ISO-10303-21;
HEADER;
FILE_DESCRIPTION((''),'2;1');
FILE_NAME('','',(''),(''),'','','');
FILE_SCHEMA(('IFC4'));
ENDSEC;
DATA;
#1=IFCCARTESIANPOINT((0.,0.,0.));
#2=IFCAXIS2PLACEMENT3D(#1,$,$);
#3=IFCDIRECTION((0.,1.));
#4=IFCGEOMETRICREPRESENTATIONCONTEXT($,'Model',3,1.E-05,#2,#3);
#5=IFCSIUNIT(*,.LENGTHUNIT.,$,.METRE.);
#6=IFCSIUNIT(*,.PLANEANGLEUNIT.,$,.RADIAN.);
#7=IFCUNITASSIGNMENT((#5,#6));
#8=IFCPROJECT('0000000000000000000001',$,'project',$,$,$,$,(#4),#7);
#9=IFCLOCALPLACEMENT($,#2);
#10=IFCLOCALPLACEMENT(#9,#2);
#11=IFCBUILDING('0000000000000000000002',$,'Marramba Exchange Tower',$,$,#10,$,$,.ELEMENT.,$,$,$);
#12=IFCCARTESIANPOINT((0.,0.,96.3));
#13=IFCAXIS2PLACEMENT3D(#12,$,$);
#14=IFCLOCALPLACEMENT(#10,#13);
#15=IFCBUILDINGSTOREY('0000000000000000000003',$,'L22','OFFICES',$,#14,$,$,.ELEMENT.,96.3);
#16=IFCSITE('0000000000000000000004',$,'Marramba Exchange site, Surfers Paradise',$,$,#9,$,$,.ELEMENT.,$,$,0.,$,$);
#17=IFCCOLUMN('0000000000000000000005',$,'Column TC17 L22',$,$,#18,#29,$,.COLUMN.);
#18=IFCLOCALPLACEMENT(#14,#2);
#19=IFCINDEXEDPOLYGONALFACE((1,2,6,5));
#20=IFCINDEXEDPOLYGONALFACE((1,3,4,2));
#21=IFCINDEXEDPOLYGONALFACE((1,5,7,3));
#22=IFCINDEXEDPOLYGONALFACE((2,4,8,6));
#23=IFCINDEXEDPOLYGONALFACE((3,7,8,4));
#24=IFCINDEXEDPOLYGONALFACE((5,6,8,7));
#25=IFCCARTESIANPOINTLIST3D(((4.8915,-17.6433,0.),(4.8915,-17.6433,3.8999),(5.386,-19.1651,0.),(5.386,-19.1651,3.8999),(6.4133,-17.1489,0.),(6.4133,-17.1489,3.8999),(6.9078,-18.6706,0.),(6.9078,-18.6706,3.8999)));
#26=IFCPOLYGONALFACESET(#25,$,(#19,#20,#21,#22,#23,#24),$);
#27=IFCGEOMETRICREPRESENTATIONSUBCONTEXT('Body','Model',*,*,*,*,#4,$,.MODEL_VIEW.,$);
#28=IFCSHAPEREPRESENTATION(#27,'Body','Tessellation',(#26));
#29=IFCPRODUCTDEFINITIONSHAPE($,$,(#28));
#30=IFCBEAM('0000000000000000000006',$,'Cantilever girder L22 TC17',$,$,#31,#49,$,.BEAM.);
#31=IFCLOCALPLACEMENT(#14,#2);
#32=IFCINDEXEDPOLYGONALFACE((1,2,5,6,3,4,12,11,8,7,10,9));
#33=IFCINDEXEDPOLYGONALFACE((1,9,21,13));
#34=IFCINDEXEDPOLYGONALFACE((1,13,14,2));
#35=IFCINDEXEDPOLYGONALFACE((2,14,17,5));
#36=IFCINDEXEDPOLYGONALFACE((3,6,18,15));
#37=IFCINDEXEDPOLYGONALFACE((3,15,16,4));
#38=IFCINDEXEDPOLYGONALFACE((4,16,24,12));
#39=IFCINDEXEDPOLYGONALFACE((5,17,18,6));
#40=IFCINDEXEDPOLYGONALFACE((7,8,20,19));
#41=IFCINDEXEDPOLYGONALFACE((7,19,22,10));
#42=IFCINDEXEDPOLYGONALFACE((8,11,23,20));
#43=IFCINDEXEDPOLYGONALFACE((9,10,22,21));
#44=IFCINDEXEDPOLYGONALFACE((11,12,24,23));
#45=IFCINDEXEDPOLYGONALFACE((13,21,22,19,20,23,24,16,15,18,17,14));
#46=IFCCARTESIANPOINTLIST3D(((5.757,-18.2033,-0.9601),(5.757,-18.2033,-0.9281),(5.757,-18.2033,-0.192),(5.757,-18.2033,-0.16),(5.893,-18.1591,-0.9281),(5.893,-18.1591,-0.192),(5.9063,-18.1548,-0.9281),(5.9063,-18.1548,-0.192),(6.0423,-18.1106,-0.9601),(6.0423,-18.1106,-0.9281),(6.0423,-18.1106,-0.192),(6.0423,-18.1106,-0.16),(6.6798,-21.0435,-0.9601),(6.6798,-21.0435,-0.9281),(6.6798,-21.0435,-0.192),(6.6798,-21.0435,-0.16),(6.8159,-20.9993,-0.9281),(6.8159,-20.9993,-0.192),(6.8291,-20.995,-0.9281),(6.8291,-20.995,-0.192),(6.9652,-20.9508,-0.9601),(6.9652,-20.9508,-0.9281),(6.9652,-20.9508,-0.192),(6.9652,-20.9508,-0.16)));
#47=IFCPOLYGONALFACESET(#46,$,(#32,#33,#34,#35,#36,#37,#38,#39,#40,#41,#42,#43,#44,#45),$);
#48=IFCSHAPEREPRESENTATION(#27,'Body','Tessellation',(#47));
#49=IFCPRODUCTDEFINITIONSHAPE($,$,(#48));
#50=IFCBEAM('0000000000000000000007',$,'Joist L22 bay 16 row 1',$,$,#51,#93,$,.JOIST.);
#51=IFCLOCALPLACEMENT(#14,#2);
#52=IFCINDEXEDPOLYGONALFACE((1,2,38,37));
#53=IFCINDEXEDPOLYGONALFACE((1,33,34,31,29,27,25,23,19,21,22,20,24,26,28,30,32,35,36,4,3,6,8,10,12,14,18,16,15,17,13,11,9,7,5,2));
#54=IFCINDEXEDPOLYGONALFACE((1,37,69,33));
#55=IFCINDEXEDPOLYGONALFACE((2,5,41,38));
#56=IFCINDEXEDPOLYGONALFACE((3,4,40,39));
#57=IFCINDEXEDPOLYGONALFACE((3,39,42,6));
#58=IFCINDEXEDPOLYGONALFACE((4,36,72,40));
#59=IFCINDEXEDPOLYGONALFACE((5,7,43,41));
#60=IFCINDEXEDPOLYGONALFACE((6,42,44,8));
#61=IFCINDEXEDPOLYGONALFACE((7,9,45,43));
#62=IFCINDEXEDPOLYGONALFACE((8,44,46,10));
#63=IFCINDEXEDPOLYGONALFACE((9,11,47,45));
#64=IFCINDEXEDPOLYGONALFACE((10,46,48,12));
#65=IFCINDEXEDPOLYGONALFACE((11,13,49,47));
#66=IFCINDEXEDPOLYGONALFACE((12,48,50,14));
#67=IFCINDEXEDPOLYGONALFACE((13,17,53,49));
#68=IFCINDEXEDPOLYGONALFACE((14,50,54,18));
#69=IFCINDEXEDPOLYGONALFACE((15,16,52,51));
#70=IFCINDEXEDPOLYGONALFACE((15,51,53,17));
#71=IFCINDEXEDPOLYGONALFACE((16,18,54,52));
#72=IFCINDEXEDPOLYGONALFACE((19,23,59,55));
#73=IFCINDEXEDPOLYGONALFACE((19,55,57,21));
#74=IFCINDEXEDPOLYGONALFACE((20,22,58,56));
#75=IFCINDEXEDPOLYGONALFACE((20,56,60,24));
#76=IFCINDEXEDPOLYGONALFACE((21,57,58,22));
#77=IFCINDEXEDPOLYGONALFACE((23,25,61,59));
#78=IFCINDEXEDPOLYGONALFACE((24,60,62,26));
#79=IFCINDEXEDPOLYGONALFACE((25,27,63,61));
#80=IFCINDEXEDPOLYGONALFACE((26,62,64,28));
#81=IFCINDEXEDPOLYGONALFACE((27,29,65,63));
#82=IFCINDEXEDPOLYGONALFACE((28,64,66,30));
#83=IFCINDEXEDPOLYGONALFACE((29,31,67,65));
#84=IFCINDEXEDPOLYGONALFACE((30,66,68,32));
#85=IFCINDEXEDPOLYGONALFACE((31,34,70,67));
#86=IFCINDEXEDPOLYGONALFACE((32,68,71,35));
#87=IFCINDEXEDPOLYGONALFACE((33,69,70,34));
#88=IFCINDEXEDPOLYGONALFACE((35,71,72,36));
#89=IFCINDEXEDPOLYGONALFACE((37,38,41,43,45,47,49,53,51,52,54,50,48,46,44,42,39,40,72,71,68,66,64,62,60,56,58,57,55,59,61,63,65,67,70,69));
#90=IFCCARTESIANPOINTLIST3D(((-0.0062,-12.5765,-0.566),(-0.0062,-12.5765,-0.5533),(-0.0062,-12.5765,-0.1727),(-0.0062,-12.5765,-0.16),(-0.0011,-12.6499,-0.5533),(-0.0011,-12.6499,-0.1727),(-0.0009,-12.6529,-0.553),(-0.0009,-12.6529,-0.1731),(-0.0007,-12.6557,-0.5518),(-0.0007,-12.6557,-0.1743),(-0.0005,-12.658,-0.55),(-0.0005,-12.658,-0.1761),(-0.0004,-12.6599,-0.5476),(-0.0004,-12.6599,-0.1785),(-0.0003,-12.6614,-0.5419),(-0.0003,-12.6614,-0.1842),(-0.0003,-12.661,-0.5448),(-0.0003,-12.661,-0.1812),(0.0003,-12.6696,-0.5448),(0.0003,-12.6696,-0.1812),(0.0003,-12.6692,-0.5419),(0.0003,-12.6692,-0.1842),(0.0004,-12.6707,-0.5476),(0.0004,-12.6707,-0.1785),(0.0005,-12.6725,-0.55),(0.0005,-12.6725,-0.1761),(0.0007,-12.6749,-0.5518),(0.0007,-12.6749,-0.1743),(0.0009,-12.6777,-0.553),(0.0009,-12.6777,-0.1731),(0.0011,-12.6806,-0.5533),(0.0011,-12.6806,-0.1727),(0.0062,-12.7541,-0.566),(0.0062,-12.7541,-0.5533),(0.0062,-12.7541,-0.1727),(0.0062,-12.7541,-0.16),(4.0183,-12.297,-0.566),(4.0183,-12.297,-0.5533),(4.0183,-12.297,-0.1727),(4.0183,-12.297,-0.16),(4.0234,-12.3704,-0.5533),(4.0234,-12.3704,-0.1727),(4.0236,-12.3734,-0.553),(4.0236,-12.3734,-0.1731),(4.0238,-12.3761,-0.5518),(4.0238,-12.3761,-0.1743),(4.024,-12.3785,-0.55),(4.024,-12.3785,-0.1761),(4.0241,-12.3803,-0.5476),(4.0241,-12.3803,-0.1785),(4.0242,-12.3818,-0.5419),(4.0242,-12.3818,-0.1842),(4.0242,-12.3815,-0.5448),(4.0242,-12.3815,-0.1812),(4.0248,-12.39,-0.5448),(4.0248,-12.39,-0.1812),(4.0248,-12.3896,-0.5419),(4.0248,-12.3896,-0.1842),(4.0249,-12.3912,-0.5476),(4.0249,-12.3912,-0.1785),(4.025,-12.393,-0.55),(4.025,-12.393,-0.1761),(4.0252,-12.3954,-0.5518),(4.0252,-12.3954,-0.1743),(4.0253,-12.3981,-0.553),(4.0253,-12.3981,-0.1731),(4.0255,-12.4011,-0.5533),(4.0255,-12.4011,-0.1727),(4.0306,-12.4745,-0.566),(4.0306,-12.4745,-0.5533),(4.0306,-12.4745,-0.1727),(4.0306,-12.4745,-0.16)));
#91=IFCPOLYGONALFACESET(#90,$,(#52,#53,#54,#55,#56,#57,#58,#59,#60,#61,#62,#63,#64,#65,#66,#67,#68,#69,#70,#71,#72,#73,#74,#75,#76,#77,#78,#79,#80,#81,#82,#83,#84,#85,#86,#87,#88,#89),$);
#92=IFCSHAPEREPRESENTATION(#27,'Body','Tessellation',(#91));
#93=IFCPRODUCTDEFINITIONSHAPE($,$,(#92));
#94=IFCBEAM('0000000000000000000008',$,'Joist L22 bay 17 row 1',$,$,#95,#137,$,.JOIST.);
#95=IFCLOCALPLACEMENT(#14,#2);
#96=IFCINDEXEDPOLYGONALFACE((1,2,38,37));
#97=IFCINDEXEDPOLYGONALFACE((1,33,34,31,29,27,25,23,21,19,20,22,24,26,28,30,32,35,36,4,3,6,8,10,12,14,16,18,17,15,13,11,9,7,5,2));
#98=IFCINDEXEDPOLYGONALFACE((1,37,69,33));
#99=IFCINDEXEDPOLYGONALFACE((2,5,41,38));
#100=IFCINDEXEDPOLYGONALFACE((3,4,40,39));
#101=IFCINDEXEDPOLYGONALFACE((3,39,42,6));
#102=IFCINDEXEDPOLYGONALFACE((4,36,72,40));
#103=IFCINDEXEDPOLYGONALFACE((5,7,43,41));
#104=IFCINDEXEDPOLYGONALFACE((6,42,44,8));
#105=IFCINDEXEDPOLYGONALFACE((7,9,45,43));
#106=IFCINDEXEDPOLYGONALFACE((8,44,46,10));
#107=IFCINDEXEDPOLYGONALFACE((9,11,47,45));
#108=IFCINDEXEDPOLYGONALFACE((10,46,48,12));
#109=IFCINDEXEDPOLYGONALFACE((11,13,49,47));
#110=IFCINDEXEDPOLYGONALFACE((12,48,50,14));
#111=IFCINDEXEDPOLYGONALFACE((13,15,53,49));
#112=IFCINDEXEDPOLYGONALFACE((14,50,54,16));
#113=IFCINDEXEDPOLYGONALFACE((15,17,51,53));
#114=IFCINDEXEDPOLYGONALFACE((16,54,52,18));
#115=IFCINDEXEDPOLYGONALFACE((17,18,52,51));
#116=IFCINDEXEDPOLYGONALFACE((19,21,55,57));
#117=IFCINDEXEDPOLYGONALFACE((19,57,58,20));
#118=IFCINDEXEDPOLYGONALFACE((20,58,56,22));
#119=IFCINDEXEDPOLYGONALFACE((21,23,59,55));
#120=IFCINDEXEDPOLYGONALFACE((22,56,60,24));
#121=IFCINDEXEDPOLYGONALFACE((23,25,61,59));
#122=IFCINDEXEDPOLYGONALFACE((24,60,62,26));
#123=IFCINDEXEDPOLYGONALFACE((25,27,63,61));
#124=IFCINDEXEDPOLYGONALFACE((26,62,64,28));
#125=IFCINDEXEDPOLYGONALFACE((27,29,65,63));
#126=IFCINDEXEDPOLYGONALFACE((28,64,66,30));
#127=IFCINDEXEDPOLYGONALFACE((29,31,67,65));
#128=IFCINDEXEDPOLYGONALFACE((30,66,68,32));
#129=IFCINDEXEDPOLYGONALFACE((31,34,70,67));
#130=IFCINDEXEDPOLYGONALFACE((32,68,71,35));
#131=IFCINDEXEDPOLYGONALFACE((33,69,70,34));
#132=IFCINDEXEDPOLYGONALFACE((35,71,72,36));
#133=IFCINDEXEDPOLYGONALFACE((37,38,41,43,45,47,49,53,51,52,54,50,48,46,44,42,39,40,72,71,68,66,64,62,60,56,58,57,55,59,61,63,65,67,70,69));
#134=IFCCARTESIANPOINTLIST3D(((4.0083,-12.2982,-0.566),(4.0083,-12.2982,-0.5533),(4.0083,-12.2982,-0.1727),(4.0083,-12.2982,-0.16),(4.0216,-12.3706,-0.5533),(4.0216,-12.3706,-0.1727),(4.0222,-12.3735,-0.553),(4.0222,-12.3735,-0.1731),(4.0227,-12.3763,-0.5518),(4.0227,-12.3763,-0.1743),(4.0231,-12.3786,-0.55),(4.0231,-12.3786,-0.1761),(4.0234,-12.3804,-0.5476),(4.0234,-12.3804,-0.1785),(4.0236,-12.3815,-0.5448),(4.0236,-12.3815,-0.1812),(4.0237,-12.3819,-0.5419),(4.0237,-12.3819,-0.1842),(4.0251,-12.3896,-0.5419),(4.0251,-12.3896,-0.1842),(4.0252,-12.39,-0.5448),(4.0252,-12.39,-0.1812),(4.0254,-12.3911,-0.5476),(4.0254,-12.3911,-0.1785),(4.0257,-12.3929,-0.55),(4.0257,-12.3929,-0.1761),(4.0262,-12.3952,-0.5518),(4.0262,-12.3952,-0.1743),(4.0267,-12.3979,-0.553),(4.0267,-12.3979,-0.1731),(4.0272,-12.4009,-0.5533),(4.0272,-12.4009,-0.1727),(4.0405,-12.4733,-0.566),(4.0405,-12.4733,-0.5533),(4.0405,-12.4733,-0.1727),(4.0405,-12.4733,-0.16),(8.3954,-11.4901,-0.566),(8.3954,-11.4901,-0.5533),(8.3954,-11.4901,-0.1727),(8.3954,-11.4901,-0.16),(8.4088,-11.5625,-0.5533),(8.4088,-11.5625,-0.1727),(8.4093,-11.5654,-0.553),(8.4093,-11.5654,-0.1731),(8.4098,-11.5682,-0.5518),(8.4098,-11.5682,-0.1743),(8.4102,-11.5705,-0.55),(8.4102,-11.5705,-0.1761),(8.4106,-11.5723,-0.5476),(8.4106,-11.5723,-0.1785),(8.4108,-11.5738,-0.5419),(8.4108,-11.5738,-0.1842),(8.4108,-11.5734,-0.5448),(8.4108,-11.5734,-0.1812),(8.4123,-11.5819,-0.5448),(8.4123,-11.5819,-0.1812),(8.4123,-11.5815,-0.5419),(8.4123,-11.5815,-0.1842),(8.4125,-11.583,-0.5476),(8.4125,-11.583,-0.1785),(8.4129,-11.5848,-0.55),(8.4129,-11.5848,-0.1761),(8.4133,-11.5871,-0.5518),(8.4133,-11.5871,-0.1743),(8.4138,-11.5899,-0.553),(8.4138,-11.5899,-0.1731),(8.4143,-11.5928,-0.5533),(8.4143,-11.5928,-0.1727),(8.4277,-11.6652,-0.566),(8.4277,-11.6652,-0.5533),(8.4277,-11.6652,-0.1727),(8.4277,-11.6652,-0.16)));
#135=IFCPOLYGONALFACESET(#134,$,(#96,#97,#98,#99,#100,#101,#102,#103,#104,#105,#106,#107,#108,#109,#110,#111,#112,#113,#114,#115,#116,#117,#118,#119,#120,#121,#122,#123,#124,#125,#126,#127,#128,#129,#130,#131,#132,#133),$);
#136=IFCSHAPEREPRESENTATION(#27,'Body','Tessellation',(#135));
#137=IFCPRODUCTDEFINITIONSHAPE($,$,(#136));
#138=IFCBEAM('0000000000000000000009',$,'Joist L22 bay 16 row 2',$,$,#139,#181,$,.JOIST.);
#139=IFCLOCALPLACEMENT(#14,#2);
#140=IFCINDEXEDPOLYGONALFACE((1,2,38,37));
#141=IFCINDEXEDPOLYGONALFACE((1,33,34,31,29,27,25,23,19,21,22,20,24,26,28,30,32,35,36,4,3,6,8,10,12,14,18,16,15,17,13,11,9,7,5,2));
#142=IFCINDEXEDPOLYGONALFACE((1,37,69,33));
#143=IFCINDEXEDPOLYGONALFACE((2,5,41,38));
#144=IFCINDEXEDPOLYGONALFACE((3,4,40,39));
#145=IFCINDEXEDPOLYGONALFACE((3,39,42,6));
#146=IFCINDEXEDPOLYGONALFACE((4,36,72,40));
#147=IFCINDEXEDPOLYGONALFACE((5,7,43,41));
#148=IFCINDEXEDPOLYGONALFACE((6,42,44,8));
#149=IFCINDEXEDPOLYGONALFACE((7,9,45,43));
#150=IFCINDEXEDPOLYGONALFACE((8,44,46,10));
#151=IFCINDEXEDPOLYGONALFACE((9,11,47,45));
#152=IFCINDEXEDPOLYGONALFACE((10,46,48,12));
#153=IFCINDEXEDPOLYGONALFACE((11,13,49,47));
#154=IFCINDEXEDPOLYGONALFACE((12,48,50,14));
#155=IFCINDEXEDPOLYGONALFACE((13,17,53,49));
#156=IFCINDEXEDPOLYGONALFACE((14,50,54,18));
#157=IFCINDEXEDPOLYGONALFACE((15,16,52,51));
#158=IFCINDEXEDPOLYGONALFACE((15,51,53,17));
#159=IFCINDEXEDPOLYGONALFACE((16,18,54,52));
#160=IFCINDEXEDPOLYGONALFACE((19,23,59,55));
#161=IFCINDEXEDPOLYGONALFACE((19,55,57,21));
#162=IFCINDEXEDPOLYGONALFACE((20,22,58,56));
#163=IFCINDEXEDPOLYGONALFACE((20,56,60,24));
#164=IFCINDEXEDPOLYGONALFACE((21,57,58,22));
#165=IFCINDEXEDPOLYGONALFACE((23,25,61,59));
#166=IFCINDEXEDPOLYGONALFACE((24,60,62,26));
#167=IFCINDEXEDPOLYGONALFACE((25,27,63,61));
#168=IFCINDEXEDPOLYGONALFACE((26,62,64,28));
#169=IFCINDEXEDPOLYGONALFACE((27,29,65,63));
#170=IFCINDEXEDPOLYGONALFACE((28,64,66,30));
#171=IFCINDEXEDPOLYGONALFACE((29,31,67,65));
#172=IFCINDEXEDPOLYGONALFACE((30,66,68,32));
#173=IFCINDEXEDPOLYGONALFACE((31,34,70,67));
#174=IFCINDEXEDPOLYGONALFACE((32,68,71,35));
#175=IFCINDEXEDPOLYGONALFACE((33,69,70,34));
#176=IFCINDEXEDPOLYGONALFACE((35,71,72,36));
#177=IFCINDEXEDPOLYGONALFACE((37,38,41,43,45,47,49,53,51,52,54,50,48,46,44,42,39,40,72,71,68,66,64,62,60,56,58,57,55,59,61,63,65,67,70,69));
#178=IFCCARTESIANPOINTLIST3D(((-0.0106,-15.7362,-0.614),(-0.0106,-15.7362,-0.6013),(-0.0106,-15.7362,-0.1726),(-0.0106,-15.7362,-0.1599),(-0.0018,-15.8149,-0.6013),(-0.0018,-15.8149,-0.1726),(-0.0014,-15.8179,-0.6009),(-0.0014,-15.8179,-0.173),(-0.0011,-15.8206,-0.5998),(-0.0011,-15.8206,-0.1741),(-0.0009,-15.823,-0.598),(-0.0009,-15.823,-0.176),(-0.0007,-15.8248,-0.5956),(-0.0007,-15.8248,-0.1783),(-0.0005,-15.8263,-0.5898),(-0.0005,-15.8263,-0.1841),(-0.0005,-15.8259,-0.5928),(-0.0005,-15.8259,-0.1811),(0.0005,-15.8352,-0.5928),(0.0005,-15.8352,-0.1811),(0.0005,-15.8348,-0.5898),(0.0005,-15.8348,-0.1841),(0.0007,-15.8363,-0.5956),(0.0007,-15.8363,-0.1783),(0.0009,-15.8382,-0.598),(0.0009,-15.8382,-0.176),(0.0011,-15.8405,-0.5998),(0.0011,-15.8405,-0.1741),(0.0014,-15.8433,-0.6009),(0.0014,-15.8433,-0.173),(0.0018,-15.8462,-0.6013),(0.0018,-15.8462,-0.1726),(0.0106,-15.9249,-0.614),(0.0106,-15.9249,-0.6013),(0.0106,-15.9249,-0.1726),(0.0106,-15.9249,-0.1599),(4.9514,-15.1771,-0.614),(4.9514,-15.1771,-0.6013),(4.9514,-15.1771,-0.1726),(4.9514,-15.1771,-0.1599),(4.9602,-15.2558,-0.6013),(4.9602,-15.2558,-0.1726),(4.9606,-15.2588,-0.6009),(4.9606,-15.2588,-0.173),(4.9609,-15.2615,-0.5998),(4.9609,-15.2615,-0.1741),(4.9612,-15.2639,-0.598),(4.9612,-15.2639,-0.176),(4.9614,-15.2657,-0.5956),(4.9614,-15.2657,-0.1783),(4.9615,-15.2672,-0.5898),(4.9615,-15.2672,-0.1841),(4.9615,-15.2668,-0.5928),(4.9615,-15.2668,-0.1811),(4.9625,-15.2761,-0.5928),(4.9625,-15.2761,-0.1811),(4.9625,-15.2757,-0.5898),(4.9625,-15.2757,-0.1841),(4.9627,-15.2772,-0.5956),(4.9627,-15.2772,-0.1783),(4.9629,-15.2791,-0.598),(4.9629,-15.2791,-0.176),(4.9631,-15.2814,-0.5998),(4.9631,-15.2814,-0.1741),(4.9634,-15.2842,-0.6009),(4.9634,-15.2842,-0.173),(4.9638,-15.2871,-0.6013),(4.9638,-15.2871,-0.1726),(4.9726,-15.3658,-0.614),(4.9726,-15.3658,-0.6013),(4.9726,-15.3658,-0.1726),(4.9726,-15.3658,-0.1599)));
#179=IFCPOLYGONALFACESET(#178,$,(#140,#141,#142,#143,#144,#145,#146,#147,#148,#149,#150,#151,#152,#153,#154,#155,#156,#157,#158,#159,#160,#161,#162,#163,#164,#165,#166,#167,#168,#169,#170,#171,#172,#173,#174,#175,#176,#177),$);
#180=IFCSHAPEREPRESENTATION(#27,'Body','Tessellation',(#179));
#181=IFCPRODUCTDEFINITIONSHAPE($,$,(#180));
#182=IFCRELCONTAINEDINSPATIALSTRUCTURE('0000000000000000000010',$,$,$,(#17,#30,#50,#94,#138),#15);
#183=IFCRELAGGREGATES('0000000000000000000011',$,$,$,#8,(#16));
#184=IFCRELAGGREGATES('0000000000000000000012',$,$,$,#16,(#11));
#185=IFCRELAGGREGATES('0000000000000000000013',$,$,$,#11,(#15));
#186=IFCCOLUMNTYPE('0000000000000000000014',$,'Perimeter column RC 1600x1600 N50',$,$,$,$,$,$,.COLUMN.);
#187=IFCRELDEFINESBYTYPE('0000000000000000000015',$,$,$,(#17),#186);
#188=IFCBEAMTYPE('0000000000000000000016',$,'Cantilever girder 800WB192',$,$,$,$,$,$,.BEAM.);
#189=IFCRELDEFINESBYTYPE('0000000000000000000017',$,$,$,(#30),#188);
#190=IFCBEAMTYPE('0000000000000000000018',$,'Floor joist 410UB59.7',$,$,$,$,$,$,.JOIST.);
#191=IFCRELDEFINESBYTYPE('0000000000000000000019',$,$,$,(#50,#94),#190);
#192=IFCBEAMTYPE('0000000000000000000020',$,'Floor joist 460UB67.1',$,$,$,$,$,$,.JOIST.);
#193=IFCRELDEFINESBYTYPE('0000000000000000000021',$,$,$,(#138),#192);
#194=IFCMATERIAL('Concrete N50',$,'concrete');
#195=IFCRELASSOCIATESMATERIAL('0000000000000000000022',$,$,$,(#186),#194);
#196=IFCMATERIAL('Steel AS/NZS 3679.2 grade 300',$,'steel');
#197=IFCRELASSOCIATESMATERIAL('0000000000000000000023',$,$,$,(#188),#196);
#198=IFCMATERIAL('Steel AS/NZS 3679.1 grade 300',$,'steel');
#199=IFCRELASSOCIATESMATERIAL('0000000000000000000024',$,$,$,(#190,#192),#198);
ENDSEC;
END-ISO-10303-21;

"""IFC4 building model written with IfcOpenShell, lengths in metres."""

from ifc_helpers import new_model, si_unit, direction, frame, origin, origin_2d, place, context, subcontext, project, spatial, rectangle, i_section, extrude, material, material_profile, profile_set, type_object, element, save


model = new_model("IFC4")

# Units and contexts
model_context = context("Model", 3, precision=1e-05, world=origin(), true_north=direction((0.0, 1.0)))
body_context = subcontext(model_context, "Body", "Model", "MODEL_VIEW")
ifc_project = project(units=[si_unit("LENGTHUNIT", "METRE"), si_unit("PLANEANGLEUNIT", "RADIAN")], contexts=[model_context])

# Site, building, storey
site_placement = place(None, origin())
site = spatial("IfcSite", under=ifc_project, at=site_placement, Name="Marramba Exchange site, Surfers Paradise", CompositionType="ELEMENT", RefElevation=0.0)
building_placement = place(site_placement, origin())
building = spatial("IfcBuilding", under=site, at=building_placement, Name="Marramba Exchange Tower", CompositionType="ELEMENT")
storey_placement = place(building_placement, frame((0.0, 0.0, 96.3)))
storey = spatial("IfcBuildingStorey", under=building, at=storey_placement, Name="L22", Description="OFFICES", CompositionType="ELEMENT", Elevation=96.3)

# Column
ifc_material_1 = material(Name="Concrete N50", Category="concrete")
ifc_material_profile_1 = material_profile(ifc_material_1, rectangle(XDim=1.6001, YDim=1.6001, at=origin_2d()), Name="RC 1600x1600")
ifc_profile_set_1 = profile_set([ifc_material_profile_1], Name="Concrete N50")
column_type = type_object("IfcColumnType", Name="Perimeter column RC 1600x1600 N50", PredefinedType="COLUMN", material=ifc_profile_set_1)
column_placement = place(storey_placement, frame((5.8997, -18.157, 0.0), z_axis=(0.0, 0.0, 1.0), x_axis=(0.309017, -0.951057, 0.0)))
element("IfcColumn", 1, at=column_placement, inside=storey, type_object=column_type, Name="Column TC17 L22", PredefinedType="COLUMN", context=body_context, shape_type="SweptSolid", body=[
    extrude(rectangle(XDim=1.6001, YDim=1.6001, at=origin_2d()), origin(), (0.0, 0.0, 1.0), 3.8999),
])

# Beams
ifc_material_2 = material(Name="Steel AS/NZS 3679.2 grade 300", Category="steel")
ifc_material_profile_2 = material_profile(ifc_material_2, i_section(OverallWidth=0.3, OverallDepth=0.8, WebThickness=0.0139, FlangeThickness=0.032, at=origin_2d()), Name="800WB192")
ifc_profile_set_2 = profile_set([ifc_material_profile_2], Name="Steel AS/NZS 3679.2 grade 300")
beam_type_1 = type_object("IfcBeamType", Name="Cantilever girder 800WB192", PredefinedType="BEAM", material=ifc_profile_set_2)
beam_1_placement = place(storey_placement, frame((5.8997, -18.157, -0.5601), z_axis=(0.309032, -0.951051, 0.0), x_axis=(0.951051, 0.309032, 0.0)))
element("IfcBeam", 2, at=beam_1_placement, inside=storey, type_object=beam_type_1, Name="Cantilever girder L22 TC17", PredefinedType="BEAM", context=body_context, shape_type="SweptSolid", body=[
    extrude(i_section(OverallWidth=0.3, OverallDepth=0.8, WebThickness=0.0139, FlangeThickness=0.032, at=origin_2d()), origin(), (0.0, 0.0, 1.0), 2.9863),
])
ifc_material_3 = material(Name="Steel AS/NZS 3679.1 grade 300", Category="steel")
ifc_material_profile_3 = material_profile(ifc_material_3, i_section(OverallWidth=0.178, OverallDepth=0.406, WebThickness=0.0078, FlangeThickness=0.0127, FilletRadius=0.0115, at=origin_2d()), Name="410UB59.7")
ifc_profile_set_3 = profile_set([ifc_material_profile_3], Name="Steel AS/NZS 3679.1 grade 300")
beam_type_2 = type_object("IfcBeamType", Name="Floor joist 410UB59.7", PredefinedType="JOIST", material=ifc_profile_set_3)
beam_2_placement = place(storey_placement, frame((0.0, -12.6653, -0.363), z_axis=(0.997596, 0.069294, 0.0), x_axis=(-0.069294, 0.997596, 0.0)))
element("IfcBeam", 3, at=beam_2_placement, inside=storey, type_object=beam_type_2, Name="Joist L22 bay 16 row 1", PredefinedType="JOIST", context=body_context, shape_type="SweptSolid", body=[
    extrude(i_section(OverallWidth=0.178, OverallDepth=0.406, WebThickness=0.0078, FlangeThickness=0.0127, FilletRadius=0.0115, at=origin_2d()), origin(), (0.0, 0.0, 1.0), 4.0342),
])
beam_3_placement = place(storey_placement, frame((4.0244, -12.3857, -0.363), z_axis=(0.983456, 0.181149, 0.0), x_axis=(-0.181149, 0.983456, 0.0)))
element("IfcBeam", 4, at=beam_3_placement, inside=storey, type_object=beam_type_2, Name="Joist L22 bay 17 row 1", PredefinedType="JOIST", context=body_context, shape_type="SweptSolid", body=[
    extrude(i_section(OverallWidth=0.178, OverallDepth=0.406, WebThickness=0.0078, FlangeThickness=0.0127, FilletRadius=0.0115, at=origin_2d()), origin(), (0.0, 0.0, 1.0), 4.4609),
])
ifc_material_profile_4 = material_profile(ifc_material_3, i_section(OverallWidth=0.1899, OverallDepth=0.4541, WebThickness=0.0085, FlangeThickness=0.0127, FilletRadius=0.0115, at=origin_2d()), Name="460UB67.1")
ifc_profile_set_4 = profile_set([ifc_material_profile_4], Name="Steel AS/NZS 3679.1 grade 300")
beam_type_3 = type_object("IfcBeamType", Name="Floor joist 460UB67.1", PredefinedType="JOIST", material=ifc_profile_set_4)
beam_4_placement = place(storey_placement, frame((0.0, -15.8306, -0.387), z_axis=(0.993712, 0.111966, 0.0), x_axis=(-0.111966, 0.993712, 0.0)))
element("IfcBeam", 5, at=beam_4_placement, inside=storey, type_object=beam_type_3, Name="Joist L22 bay 16 row 2", PredefinedType="JOIST", context=body_context, shape_type="SweptSolid", body=[
    extrude(i_section(OverallWidth=0.1899, OverallDepth=0.4541, WebThickness=0.0085, FlangeThickness=0.0127, FilletRadius=0.0115, at=origin_2d()), origin(), (0.0, 0.0, 1.0), 4.9934),
])

save(model, "model.ifc")
